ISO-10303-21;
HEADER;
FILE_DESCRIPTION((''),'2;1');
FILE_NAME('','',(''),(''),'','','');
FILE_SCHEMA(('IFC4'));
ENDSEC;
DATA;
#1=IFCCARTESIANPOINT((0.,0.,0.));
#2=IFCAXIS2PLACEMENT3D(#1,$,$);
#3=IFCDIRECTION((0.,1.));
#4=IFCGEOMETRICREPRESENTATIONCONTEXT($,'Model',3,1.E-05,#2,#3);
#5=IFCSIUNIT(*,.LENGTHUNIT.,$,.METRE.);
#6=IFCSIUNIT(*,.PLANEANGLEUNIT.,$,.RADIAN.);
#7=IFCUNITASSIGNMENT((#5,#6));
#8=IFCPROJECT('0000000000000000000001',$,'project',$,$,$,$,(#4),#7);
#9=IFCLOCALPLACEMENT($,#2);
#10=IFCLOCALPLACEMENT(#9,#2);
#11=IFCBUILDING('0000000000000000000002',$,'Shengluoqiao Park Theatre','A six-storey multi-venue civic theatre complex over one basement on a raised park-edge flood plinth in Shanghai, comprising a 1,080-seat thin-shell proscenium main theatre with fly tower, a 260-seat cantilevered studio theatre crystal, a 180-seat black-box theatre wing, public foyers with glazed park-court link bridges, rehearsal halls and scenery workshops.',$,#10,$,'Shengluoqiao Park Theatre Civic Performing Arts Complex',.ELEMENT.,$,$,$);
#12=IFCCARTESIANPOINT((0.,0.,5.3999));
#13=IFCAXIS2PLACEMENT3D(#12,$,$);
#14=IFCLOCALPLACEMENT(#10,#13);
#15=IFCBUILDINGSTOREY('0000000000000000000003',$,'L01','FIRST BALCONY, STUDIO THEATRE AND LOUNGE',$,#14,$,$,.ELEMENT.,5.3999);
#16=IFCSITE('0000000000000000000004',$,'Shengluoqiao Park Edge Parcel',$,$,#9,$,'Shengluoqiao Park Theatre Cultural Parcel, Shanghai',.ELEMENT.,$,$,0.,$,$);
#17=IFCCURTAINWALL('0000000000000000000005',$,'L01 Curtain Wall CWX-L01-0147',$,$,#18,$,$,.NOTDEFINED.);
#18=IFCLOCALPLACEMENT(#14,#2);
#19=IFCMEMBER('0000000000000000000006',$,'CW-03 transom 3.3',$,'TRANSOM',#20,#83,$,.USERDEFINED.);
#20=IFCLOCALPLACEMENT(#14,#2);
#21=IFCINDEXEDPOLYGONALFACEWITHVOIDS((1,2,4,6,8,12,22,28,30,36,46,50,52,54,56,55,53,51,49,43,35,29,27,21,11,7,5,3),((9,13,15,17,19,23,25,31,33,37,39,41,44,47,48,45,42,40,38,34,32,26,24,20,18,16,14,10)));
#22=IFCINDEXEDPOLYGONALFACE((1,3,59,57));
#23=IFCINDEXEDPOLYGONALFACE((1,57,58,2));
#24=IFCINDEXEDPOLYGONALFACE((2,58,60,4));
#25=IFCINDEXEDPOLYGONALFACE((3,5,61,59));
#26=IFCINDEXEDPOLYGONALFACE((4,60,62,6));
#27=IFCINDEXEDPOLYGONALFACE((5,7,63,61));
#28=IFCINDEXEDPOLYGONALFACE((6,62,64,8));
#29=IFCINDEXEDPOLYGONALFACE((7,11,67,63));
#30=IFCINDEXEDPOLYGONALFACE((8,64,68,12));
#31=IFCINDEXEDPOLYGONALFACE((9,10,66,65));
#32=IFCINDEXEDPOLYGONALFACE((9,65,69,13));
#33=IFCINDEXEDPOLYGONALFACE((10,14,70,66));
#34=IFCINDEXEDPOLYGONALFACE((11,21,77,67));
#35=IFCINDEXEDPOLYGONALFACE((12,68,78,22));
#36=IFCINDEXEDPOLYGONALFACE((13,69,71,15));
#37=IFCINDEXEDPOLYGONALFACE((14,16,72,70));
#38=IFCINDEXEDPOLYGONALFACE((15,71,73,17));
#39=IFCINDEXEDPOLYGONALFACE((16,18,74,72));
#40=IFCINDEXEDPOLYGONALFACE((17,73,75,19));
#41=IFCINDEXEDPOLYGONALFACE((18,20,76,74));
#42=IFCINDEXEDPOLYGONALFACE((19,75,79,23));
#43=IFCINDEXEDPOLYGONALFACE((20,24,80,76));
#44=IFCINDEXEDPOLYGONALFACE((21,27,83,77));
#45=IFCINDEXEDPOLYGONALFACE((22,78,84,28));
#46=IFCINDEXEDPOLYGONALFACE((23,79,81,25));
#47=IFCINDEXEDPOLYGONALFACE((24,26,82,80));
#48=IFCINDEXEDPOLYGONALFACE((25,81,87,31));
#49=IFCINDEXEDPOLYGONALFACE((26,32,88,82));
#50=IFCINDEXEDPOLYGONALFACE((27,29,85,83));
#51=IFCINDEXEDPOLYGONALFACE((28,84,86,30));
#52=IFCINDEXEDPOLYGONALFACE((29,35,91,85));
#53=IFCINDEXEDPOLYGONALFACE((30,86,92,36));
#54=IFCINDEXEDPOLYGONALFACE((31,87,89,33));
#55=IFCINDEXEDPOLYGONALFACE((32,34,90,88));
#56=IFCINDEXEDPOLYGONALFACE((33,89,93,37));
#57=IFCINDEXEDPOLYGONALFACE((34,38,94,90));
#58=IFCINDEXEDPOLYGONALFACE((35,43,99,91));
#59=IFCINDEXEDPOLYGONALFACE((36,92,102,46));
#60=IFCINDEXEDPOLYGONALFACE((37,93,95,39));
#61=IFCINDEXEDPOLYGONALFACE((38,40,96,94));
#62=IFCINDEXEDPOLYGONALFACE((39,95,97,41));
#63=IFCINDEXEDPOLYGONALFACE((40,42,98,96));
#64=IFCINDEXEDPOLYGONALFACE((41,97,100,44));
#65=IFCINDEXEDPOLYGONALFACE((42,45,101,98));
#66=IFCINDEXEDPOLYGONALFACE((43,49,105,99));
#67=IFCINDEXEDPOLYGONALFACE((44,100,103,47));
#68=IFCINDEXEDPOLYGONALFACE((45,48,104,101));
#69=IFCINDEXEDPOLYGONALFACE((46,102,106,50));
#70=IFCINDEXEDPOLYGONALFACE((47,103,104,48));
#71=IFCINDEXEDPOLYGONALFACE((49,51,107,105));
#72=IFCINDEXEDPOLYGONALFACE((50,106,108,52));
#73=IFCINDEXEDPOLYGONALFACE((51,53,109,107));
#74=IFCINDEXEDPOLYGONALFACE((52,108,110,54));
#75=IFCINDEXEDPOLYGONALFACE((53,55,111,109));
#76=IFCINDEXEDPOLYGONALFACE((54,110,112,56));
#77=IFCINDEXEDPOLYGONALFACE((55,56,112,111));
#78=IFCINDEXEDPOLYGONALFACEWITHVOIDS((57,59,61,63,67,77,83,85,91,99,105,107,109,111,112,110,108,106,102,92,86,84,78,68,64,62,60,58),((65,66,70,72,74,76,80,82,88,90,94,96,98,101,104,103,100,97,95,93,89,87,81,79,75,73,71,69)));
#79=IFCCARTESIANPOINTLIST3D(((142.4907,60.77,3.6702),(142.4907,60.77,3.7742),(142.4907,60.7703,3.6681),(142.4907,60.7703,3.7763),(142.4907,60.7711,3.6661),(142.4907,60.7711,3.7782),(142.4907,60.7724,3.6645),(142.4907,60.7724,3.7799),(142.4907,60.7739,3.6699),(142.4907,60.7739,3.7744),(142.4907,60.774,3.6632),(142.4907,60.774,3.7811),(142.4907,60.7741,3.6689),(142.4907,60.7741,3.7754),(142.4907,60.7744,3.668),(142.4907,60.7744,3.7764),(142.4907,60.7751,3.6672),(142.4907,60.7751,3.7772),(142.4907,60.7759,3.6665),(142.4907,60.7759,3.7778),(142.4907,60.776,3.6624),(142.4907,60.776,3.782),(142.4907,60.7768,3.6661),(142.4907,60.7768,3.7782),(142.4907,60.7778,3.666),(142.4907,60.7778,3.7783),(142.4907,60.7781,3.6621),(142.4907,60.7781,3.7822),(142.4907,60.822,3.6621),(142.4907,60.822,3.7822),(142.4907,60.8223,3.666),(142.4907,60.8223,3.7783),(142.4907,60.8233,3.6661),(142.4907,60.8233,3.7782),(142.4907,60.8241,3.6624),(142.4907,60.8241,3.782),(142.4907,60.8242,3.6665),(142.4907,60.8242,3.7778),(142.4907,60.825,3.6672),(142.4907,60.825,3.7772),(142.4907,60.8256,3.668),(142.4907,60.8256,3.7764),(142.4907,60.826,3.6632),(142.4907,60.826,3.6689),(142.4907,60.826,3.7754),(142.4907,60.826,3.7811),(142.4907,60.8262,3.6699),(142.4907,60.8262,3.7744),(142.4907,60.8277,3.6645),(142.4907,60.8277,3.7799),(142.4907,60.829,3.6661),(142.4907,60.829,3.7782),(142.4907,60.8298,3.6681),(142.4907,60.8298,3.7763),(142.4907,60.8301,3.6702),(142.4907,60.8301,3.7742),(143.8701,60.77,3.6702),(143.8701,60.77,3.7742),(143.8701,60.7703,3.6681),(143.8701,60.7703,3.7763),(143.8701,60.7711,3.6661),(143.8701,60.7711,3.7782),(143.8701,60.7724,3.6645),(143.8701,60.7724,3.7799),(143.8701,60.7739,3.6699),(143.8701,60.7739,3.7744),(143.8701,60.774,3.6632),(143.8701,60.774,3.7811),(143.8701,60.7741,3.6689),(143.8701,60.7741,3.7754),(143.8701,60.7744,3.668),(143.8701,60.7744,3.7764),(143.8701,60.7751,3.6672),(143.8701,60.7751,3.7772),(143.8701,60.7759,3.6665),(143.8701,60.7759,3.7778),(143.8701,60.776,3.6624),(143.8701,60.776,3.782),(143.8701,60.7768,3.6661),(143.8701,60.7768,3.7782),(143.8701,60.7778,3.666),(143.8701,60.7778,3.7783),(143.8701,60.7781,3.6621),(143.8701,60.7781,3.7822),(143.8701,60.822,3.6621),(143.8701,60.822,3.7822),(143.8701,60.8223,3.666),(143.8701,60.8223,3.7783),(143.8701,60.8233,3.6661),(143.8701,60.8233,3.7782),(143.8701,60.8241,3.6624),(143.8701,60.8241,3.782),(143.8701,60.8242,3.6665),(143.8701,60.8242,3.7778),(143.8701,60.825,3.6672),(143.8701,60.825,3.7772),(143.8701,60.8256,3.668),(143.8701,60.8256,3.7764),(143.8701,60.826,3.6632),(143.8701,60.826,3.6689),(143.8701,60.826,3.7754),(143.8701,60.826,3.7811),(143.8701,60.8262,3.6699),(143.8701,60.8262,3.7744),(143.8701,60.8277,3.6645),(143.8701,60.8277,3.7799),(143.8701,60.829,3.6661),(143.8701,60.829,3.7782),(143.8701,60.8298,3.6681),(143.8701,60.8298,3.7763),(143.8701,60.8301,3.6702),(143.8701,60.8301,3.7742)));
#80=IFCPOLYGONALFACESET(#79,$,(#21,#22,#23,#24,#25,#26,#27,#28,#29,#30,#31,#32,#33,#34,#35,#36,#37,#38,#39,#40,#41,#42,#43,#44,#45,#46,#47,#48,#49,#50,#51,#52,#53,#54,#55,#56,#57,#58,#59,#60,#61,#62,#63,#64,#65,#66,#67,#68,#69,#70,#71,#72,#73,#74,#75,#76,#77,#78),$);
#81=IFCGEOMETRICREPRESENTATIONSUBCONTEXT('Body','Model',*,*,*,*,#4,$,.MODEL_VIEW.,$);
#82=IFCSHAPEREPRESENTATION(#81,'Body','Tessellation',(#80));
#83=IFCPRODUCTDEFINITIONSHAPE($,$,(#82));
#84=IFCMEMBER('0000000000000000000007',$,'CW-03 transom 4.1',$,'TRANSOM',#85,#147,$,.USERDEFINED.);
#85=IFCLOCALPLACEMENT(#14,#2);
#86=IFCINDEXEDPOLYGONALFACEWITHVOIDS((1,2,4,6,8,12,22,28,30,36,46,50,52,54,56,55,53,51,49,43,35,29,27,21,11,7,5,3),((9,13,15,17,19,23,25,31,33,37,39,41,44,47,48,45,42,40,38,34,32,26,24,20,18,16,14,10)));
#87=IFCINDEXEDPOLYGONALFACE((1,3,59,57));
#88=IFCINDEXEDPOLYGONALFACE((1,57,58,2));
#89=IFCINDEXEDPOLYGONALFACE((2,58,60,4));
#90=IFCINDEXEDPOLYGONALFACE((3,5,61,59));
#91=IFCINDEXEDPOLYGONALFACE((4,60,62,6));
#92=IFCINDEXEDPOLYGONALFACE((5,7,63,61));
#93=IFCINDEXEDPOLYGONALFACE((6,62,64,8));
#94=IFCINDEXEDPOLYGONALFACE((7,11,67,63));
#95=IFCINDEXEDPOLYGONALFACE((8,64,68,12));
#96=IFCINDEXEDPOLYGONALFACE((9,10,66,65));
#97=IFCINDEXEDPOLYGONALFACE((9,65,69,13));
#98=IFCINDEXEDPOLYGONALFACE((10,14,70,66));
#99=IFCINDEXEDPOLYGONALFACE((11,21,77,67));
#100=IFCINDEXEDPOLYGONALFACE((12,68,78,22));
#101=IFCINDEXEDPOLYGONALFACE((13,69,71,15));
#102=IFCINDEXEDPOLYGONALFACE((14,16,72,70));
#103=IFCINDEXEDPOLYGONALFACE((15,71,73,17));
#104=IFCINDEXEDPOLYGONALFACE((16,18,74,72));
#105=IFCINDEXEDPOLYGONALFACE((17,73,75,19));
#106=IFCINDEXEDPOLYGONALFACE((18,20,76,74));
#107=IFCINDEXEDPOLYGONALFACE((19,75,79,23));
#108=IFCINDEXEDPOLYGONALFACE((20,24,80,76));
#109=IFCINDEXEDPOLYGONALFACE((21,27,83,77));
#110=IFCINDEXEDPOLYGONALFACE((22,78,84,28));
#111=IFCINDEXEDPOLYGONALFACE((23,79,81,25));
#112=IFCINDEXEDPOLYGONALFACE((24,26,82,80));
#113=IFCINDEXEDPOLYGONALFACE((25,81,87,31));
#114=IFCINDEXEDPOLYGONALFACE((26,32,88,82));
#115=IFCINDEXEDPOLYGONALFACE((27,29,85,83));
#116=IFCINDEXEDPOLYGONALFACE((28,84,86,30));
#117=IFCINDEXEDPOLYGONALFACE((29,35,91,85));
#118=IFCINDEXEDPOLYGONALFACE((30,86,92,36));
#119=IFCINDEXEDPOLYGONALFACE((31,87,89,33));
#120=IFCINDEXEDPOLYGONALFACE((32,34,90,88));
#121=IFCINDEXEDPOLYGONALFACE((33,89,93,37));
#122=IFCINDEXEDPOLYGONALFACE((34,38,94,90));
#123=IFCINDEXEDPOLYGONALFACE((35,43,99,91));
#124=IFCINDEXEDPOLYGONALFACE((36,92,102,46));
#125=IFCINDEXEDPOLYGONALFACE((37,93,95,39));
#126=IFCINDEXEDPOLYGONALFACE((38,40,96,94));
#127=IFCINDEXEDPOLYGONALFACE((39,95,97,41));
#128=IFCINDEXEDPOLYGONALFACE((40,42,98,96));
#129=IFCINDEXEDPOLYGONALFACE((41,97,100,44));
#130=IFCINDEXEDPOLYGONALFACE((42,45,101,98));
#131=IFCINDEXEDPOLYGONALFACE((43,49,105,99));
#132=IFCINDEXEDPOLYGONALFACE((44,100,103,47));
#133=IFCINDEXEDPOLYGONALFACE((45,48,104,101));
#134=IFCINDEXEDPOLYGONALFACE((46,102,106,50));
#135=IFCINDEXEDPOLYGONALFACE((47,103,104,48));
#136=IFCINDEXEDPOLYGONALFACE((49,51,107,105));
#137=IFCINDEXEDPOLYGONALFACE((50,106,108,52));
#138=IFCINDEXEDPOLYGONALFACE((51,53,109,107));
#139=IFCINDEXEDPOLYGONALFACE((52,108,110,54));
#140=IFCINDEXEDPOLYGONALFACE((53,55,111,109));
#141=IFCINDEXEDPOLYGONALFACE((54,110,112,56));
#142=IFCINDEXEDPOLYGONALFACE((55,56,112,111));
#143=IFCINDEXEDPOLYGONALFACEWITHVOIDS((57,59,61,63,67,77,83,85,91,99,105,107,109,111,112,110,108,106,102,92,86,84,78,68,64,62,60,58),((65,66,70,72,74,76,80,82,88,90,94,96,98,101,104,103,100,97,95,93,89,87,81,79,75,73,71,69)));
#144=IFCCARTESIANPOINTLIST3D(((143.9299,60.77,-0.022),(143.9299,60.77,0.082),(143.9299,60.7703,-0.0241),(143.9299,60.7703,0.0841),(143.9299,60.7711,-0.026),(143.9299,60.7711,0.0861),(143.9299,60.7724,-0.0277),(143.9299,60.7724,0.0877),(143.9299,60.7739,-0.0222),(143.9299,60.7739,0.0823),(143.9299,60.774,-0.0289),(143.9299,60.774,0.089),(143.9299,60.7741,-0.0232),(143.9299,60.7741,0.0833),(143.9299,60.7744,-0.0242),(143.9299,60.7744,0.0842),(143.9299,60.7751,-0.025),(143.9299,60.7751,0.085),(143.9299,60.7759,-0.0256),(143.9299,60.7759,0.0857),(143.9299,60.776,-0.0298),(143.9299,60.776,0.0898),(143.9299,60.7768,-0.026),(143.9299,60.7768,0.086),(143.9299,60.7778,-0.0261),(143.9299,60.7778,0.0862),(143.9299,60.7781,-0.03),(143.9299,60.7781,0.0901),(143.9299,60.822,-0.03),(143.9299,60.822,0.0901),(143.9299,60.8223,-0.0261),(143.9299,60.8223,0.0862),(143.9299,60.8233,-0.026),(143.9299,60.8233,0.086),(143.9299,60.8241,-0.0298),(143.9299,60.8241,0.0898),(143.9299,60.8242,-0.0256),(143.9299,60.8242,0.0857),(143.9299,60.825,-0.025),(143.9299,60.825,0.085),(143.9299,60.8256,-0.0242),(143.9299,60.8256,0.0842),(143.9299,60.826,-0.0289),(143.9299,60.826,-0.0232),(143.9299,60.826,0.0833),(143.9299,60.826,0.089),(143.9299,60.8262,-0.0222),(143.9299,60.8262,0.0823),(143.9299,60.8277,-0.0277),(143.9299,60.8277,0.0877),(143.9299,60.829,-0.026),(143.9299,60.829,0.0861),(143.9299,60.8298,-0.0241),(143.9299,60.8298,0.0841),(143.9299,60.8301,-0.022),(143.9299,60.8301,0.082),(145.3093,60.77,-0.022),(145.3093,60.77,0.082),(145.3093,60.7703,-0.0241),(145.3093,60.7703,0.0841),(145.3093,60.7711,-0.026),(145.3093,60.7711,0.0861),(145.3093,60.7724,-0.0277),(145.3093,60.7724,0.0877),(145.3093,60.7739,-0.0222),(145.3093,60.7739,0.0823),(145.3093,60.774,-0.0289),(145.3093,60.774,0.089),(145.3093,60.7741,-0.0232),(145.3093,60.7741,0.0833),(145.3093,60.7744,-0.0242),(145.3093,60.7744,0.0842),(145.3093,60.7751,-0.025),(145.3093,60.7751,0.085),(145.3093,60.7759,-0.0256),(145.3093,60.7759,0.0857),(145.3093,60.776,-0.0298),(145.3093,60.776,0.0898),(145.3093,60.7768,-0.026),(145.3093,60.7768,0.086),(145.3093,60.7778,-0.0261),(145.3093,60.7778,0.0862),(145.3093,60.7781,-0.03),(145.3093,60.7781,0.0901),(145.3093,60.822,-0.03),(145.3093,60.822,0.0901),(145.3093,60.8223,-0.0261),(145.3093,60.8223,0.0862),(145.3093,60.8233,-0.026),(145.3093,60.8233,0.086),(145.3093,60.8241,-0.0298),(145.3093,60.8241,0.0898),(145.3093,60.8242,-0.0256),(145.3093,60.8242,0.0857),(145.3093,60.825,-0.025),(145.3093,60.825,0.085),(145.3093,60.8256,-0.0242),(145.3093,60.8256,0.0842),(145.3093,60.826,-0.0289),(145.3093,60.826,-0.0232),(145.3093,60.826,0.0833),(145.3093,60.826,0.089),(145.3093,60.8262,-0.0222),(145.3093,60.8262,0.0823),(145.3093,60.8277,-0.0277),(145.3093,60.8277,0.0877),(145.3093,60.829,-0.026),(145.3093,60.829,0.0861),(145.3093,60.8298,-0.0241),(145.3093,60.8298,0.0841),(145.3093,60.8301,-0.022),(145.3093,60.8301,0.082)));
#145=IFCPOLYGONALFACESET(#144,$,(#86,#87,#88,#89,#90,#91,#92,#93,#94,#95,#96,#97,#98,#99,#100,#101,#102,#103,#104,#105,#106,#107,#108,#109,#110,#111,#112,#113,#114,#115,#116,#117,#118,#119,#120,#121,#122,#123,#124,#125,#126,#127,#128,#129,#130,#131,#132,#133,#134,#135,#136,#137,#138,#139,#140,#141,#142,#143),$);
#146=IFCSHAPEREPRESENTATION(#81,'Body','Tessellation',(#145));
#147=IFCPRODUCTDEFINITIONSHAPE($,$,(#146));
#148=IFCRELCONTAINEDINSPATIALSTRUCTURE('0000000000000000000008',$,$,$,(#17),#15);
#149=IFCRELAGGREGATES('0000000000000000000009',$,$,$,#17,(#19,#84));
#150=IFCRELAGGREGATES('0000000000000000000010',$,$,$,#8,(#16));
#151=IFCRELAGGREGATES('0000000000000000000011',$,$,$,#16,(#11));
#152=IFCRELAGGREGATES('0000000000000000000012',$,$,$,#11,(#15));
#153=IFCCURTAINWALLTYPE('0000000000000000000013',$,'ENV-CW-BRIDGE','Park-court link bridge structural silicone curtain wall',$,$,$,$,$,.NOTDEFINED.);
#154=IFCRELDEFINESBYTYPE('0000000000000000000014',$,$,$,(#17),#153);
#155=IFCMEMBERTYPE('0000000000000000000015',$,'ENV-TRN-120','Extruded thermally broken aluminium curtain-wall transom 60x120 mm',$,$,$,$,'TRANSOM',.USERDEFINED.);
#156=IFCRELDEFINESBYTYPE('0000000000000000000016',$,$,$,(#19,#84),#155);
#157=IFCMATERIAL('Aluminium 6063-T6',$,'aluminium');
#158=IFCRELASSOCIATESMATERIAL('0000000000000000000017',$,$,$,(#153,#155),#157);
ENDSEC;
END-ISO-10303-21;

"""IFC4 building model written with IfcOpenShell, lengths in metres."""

from ifc_helpers import new_model, si_unit, direction, frame, origin, origin_2d, place, context, subcontext, project, spatial, hollow_rectangle, extrude, material, material_profile, profile_set, type_object, element, aggregate, save


model = new_model("IFC4")

# Units and contexts
model_context = context("Model", 3, precision=1e-05, world=origin(), true_north=direction((0.0, 1.0)))
body_context = subcontext(model_context, "Body", "Model", "MODEL_VIEW")
ifc_project = project(units=[si_unit("LENGTHUNIT", "METRE"), si_unit("PLANEANGLEUNIT", "RADIAN")], contexts=[model_context])

# Site, building, storey
site_placement = place(None, origin())
site = spatial("IfcSite", under=ifc_project, at=site_placement, Name="Shengluoqiao Park Edge Parcel", LongName="Shengluoqiao Park Theatre Cultural Parcel, Shanghai", CompositionType="ELEMENT", RefElevation=0.0)
building_placement = place(site_placement, origin())
building = spatial("IfcBuilding", under=site, at=building_placement, Name="Shengluoqiao Park Theatre", Description="A six-storey multi-venue civic theatre complex over one basement on a raised park-edge flood plinth in Shanghai, comprising a 1,080-seat thin-shell proscenium main theatre with fly tower, a 260-seat cantilevered studio theatre crystal, a 180-seat black-box theatre wing, public foyers with glazed park-court link bridges, rehearsal halls and scenery workshops.", LongName="Shengluoqiao Park Theatre Civic Performing Arts Complex", CompositionType="ELEMENT")
storey_placement = place(building_placement, frame((0.0, 0.0, 5.3999)))
storey = spatial("IfcBuildingStorey", under=building, at=storey_placement, Name="L01", Description="FIRST BALCONY, STUDIO THEATRE AND LOUNGE", CompositionType="ELEMENT", Elevation=5.3999)

# Curtain wall
ifc_material_1 = material(Name="Aluminium 6063-T6", Category="aluminium")
curtain_wall_type = type_object("IfcCurtainWallType", Name="ENV-CW-BRIDGE", Description="Park-court link bridge structural silicone curtain wall", PredefinedType="NOTDEFINED", material=ifc_material_1)
curtain_wall_1_placement = place(storey_placement, origin())
curtain_wall_1 = element("IfcCurtainWall", 1, at=curtain_wall_1_placement, inside=storey, type_object=curtain_wall_type, Name="L01 Curtain Wall CWX-L01-0147", PredefinedType="NOTDEFINED")

# Members
ifc_material_profile_1 = material_profile(ifc_material_1, hollow_rectangle(XDim=0.0601, YDim=0.1201, WallThickness=0.0039, InnerFilletRadius=0.0039, OuterFilletRadius=0.0081, at=origin_2d()), Name="ALU TRANSOM 120x60x4")
ifc_profile_set_1 = profile_set([ifc_material_profile_1], Name="Aluminium 6063-T6")
member_type_1 = type_object("IfcMemberType", Name="ENV-TRN-120", Description="Extruded thermally broken aluminium curtain-wall transom 60x120 mm", ElementType="TRANSOM", PredefinedType="USERDEFINED", material=ifc_profile_set_1)
member_1_placement = place(storey_placement, frame((142.4907, 60.8, 3.7222), z_axis=(1.0, 0.0, 0.0), x_axis=(0.0, 1.0, 0.0)))
member_1 = element("IfcMember", 2, at=member_1_placement, type_object=member_type_1, Name="CW-03 transom 3.3", ObjectType="TRANSOM", PredefinedType="USERDEFINED", context=body_context, shape_type="SweptSolid", body=[
    extrude(hollow_rectangle(XDim=0.0601, YDim=0.1201, WallThickness=0.0039, InnerFilletRadius=0.0039, OuterFilletRadius=0.0081, at=origin_2d()), origin(), (0.0, 0.0, 1.0), 1.3794),
])
member_2_placement = place(storey_placement, frame((143.9299, 60.8, 0.03), z_axis=(1.0, 0.0, 0.0), x_axis=(0.0, 1.0, 0.0)))
member_2 = element("IfcMember", 3, at=member_2_placement, type_object=member_type_1, Name="CW-03 transom 4.1", ObjectType="TRANSOM", PredefinedType="USERDEFINED", context=body_context, shape_type="SweptSolid", body=[
    extrude(hollow_rectangle(XDim=0.0601, YDim=0.1201, WallThickness=0.0039, InnerFilletRadius=0.0039, OuterFilletRadius=0.0081, at=origin_2d()), origin(), (0.0, 0.0, 1.0), 1.3794),
])

aggregate(curtain_wall_1, [member_1, member_2])

save(model, "model.ifc")
